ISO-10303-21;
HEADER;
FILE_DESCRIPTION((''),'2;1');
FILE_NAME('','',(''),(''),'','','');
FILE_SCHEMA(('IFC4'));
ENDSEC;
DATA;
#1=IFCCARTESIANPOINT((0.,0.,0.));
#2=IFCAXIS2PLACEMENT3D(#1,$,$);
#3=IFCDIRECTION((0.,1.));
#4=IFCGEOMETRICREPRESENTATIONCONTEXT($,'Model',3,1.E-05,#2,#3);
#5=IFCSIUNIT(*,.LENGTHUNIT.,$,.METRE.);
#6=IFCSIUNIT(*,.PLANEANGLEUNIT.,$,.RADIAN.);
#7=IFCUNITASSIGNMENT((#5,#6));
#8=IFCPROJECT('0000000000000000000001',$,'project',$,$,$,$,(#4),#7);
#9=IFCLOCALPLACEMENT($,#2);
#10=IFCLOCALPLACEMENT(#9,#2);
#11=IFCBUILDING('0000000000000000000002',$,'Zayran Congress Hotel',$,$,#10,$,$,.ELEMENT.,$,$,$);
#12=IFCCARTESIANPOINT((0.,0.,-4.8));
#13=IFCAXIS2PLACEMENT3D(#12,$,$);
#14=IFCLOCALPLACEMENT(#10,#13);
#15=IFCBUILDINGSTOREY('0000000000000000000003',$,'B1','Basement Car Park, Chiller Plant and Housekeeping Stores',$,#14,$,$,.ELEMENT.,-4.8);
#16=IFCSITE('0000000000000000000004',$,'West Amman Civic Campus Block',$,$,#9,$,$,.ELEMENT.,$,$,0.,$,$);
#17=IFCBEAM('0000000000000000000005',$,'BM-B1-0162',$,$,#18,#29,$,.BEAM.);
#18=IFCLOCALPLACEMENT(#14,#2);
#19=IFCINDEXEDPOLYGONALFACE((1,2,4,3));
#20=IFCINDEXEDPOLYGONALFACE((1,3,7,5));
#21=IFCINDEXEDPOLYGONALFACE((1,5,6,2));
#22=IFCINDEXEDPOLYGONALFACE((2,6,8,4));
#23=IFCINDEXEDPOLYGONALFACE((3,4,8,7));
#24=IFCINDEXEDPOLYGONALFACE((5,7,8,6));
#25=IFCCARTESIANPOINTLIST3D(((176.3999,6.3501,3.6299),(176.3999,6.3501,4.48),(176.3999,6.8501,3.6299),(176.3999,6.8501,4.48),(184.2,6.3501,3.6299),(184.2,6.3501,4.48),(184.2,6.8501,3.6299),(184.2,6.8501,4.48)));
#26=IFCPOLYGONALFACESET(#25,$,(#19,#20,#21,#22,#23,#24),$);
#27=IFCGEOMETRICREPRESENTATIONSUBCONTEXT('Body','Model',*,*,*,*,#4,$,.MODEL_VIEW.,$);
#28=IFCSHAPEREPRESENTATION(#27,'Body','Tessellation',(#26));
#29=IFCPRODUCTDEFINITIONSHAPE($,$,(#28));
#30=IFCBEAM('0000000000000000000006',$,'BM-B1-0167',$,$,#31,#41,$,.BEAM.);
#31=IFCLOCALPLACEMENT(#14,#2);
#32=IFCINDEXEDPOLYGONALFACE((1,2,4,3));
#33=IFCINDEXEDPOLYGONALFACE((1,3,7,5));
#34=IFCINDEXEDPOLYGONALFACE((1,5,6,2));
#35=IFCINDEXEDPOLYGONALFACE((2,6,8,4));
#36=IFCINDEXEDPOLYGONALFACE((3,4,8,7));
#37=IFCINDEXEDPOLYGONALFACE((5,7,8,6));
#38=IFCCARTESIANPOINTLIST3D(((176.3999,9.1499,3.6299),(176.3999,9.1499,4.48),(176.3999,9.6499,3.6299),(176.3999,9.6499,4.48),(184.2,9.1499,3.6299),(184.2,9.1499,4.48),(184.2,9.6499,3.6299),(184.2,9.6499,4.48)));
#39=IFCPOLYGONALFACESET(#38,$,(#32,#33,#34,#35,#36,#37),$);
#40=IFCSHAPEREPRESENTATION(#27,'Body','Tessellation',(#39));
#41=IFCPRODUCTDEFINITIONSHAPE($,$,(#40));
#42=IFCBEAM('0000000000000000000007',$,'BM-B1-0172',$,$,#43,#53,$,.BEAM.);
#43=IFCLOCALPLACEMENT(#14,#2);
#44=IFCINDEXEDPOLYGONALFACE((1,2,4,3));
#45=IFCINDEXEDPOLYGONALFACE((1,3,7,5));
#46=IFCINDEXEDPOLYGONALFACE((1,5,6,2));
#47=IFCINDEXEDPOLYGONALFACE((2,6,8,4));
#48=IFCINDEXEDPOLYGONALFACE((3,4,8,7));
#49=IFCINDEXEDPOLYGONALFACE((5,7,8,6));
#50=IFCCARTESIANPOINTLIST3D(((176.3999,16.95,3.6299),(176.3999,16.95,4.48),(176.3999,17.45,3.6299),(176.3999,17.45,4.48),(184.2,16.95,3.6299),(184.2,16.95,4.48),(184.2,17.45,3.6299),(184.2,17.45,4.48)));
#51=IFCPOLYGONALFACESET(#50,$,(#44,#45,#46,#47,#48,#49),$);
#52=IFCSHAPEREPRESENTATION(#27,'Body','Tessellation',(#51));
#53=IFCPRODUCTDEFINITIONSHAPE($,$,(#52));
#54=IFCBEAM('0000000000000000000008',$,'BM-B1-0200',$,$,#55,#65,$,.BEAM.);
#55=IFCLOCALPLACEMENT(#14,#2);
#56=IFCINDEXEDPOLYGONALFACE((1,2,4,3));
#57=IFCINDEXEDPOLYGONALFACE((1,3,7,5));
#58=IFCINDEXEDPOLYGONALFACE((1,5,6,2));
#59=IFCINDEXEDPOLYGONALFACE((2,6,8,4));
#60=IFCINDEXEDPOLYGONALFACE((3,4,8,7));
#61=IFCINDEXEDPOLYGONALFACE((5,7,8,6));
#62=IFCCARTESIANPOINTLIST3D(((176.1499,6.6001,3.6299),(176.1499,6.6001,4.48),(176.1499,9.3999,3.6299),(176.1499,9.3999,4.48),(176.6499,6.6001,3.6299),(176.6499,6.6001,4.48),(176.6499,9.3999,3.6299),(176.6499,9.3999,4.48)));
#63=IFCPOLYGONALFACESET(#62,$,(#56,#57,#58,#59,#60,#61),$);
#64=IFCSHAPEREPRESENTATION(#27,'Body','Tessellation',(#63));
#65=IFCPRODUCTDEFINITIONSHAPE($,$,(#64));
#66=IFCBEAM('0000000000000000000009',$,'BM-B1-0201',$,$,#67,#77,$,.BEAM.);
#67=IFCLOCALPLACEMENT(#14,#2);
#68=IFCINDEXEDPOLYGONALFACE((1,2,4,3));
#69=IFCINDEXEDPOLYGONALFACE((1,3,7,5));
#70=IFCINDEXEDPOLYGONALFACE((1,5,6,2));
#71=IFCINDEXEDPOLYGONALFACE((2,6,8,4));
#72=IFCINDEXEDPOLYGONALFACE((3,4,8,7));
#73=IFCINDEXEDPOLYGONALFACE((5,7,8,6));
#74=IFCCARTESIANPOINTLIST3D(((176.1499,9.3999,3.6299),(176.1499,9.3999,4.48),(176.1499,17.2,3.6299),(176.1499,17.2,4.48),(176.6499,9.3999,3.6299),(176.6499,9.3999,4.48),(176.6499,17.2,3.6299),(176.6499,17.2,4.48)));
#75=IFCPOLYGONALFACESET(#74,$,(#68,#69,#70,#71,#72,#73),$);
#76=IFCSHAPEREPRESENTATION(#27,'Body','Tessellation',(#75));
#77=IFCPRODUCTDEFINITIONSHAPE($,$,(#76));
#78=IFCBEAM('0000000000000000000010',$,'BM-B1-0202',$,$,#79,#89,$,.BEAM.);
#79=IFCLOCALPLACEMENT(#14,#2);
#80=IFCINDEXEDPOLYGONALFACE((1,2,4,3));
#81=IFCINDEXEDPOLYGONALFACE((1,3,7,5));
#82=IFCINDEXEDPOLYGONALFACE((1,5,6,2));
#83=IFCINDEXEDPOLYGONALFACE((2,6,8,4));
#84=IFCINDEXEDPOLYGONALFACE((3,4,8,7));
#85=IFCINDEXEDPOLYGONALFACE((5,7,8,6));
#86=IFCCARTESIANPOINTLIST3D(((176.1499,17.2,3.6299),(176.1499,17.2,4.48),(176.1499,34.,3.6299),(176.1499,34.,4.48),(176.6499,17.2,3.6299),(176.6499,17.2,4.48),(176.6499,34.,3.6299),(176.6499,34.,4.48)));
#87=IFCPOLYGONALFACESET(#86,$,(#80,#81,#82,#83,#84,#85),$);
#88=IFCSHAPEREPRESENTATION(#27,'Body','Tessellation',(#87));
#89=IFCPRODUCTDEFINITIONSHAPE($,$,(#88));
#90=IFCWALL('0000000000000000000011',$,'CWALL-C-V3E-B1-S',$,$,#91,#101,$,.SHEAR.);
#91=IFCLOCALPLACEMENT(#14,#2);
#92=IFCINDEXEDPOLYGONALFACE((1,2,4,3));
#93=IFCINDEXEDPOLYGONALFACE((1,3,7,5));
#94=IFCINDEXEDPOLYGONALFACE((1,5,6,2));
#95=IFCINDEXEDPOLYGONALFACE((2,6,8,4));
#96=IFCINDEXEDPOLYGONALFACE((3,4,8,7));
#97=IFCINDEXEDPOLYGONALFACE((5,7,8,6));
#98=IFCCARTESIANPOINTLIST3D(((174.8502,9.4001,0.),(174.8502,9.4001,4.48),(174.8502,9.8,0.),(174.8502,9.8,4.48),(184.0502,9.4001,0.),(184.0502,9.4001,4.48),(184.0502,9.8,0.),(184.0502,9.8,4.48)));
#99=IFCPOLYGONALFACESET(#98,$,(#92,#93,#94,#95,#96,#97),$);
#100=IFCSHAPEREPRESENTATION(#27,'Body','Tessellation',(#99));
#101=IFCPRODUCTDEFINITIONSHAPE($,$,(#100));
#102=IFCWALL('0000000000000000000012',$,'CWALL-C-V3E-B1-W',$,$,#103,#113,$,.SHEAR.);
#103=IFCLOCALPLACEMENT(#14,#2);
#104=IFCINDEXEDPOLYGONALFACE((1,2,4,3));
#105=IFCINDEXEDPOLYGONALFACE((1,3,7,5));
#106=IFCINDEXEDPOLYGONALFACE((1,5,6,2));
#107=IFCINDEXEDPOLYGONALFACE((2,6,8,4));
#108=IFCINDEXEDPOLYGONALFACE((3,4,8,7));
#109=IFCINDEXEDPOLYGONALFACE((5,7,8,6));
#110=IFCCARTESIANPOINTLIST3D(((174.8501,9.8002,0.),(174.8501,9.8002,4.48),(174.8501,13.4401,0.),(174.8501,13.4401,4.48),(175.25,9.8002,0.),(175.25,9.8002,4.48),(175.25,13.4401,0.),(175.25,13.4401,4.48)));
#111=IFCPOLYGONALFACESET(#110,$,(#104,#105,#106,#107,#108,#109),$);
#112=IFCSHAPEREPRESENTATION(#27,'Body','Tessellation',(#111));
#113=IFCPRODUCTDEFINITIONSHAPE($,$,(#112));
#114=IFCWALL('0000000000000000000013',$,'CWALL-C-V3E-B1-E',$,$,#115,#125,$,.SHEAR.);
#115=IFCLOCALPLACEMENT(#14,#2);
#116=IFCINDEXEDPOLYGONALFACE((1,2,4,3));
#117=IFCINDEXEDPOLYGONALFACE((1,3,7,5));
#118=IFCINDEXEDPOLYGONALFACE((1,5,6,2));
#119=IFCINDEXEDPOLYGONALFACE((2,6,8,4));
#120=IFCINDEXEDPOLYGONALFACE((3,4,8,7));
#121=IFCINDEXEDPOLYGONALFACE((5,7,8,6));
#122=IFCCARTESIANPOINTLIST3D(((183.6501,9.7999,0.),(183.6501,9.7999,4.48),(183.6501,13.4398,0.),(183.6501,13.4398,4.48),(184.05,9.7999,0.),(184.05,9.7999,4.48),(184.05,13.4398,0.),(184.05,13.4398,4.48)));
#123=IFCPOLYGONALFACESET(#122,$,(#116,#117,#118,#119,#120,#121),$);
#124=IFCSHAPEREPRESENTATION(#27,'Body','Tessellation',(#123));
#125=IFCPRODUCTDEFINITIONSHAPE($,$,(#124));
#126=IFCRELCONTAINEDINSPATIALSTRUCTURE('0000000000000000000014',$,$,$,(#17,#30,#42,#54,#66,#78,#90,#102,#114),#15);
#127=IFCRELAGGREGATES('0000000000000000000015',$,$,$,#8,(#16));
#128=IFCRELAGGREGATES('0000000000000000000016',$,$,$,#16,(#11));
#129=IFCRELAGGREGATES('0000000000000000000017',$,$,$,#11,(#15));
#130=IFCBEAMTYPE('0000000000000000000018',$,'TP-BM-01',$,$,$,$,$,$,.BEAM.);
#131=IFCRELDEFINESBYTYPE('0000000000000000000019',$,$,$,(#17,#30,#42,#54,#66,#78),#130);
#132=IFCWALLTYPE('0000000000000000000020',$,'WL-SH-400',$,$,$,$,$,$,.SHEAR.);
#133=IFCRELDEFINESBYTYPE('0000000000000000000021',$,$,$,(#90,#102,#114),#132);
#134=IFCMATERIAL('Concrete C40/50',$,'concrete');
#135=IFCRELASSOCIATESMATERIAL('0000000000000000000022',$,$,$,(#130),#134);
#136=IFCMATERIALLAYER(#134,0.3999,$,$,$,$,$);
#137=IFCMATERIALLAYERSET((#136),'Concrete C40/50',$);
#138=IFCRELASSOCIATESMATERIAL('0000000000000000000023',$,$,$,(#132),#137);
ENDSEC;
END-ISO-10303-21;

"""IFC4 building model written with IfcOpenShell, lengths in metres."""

from ifc_helpers import new_model, si_unit, direction, frame, frame_2d, origin, origin_2d, place, context, subcontext, project, spatial, rectangle, extrude, material, layer, layer_set, material_profile, profile_set, type_object, element, save


model = new_model("IFC4")

# Units and contexts
model_context = context("Model", 3, precision=1e-05, world=origin(), true_north=direction((0.0, 1.0)))
body_context = subcontext(model_context, "Body", "Model", "MODEL_VIEW")
ifc_project = project(units=[si_unit("LENGTHUNIT", "METRE"), si_unit("PLANEANGLEUNIT", "RADIAN")], contexts=[model_context])

# Site, building, storey
site_placement = place(None, origin())
site = spatial("IfcSite", under=ifc_project, at=site_placement, Name="West Amman Civic Campus Block", CompositionType="ELEMENT", RefElevation=0.0)
building_placement = place(site_placement, origin())
building = spatial("IfcBuilding", under=site, at=building_placement, Name="Zayran Congress Hotel", CompositionType="ELEMENT")
storey_placement = place(building_placement, frame((0.0, 0.0, -4.8)))
storey = spatial("IfcBuildingStorey", under=building, at=storey_placement, Name="B1", Description="Basement Car Park, Chiller Plant and Housekeeping Stores", CompositionType="ELEMENT", Elevation=-4.8)

# Shared definitions
ifc_material = material(Name="Concrete C40/50", Category="concrete")

# Beams
ifc_material_profile_1 = material_profile(ifc_material, rectangle(XDim=0.5, YDim=0.8501, at=origin_2d()), Name="RC 500x850")
ifc_profile_set_1 = profile_set([ifc_material_profile_1], Name="Concrete C40/50")
beam_type = type_object("IfcBeamType", Name="TP-BM-01", PredefinedType="BEAM", material=ifc_profile_set_1)
for number, where, z_axis, x_axis, name in (
    (1, (176.3999, 6.6001, 4.0549), (1.0, 0.0, 0.0), (0.0, 1.0, 0.0), "BM-B1-0162"),
    (2, (176.3999, 9.3999, 4.0549), (1.0, 0.0, 0.0), (0.0, 1.0, 0.0), "BM-B1-0167"),
    (3, (176.3999, 17.2, 4.0549), (1.0, 0.0, 0.0), (0.0, 1.0, 0.0), "BM-B1-0172"),
):
    element("IfcBeam", number, at=place(storey_placement, frame(where, z_axis=z_axis, x_axis=x_axis)), inside=storey, type_object=beam_type, Name=name, PredefinedType="BEAM", context=body_context, shape_type="SweptSolid", body=[
        extrude(rectangle(XDim=0.5, YDim=0.8501, at=origin_2d()), origin(), (0.0, 0.0, 1.0), 7.8),
    ])
beam_1_placement = place(storey_placement, frame((176.3999, 6.6001, 4.0549), z_axis=(0.0, 1.0, 0.0), x_axis=(-1.0, 0.0, 0.0)))
element("IfcBeam", 4, at=beam_1_placement, inside=storey, type_object=beam_type, Name="BM-B1-0200", PredefinedType="BEAM", context=body_context, shape_type="SweptSolid", body=[
    extrude(rectangle(XDim=0.5, YDim=0.8501, at=origin_2d()), origin(), (0.0, 0.0, 1.0), 2.7998),
])
beam_2_placement = place(storey_placement, frame((176.3999, 9.3999, 4.0549), z_axis=(0.0, 1.0, 0.0), x_axis=(-1.0, 0.0, 0.0)))
element("IfcBeam", 5, at=beam_2_placement, inside=storey, type_object=beam_type, Name="BM-B1-0201", PredefinedType="BEAM", context=body_context, shape_type="SweptSolid", body=[
    extrude(rectangle(XDim=0.5, YDim=0.8501, at=origin_2d()), origin(), (0.0, 0.0, 1.0), 7.8),
])
beam_3_placement = place(storey_placement, frame((176.3999, 17.2, 4.0549), z_axis=(0.0, 1.0, 0.0), x_axis=(-1.0, 0.0, 0.0)))
element("IfcBeam", 6, at=beam_3_placement, inside=storey, type_object=beam_type, Name="BM-B1-0202", PredefinedType="BEAM", context=body_context, shape_type="SweptSolid", body=[
    extrude(rectangle(XDim=0.5, YDim=0.8501, at=origin_2d()), origin(), (0.0, 0.0, 1.0), 16.8),
])

# Walls
ifc_layer = layer(ifc_material, 0.3999)
ifc_layer_set = layer_set([ifc_layer], Name="Concrete C40/50")
wall_type = type_object("IfcWallType", Name="WL-SH-400", PredefinedType="SHEAR", material=ifc_layer_set)
wall_placement = place(storey_placement, frame((174.8501, 9.6001, 0.0), z_axis=(0.0, 0.0, 1.0), x_axis=(1.0, 0.0, 0.0)))
element("IfcWall", 7, at=wall_placement, inside=storey, type_object=wall_type, Name="CWALL-C-V3E-B1-S", PredefinedType="SHEAR", context=body_context, shape_type="SweptSolid", body=[
    extrude(rectangle(XDim=9.2, YDim=0.3999, at=frame_2d((4.6001, 0.0))), origin(), (0.0, 0.0, 1.0), 4.48),
])
for number, where, z_axis, x_axis, name in (
    (8, (175.05, 13.4399, 0.0), (0.0, 0.0, 1.0), (0.0, -1.0, 0.0), "CWALL-C-V3E-B1-W"),
    (9, (183.8501, 9.8, 0.0), (0.0, 0.0, 1.0), (0.0, 1.0, 0.0), "CWALL-C-V3E-B1-E"),
):
    element("IfcWall", number, at=place(storey_placement, frame(where, z_axis=z_axis, x_axis=x_axis)), inside=storey, type_object=wall_type, Name=name, PredefinedType="SHEAR", context=body_context, shape_type="SweptSolid", body=[
        extrude(rectangle(XDim=3.6399, YDim=0.3999, at=frame_2d((1.8198, 0.0))), origin(), (0.0, 0.0, 1.0), 4.48),
    ])

save(model, "model.ifc")
